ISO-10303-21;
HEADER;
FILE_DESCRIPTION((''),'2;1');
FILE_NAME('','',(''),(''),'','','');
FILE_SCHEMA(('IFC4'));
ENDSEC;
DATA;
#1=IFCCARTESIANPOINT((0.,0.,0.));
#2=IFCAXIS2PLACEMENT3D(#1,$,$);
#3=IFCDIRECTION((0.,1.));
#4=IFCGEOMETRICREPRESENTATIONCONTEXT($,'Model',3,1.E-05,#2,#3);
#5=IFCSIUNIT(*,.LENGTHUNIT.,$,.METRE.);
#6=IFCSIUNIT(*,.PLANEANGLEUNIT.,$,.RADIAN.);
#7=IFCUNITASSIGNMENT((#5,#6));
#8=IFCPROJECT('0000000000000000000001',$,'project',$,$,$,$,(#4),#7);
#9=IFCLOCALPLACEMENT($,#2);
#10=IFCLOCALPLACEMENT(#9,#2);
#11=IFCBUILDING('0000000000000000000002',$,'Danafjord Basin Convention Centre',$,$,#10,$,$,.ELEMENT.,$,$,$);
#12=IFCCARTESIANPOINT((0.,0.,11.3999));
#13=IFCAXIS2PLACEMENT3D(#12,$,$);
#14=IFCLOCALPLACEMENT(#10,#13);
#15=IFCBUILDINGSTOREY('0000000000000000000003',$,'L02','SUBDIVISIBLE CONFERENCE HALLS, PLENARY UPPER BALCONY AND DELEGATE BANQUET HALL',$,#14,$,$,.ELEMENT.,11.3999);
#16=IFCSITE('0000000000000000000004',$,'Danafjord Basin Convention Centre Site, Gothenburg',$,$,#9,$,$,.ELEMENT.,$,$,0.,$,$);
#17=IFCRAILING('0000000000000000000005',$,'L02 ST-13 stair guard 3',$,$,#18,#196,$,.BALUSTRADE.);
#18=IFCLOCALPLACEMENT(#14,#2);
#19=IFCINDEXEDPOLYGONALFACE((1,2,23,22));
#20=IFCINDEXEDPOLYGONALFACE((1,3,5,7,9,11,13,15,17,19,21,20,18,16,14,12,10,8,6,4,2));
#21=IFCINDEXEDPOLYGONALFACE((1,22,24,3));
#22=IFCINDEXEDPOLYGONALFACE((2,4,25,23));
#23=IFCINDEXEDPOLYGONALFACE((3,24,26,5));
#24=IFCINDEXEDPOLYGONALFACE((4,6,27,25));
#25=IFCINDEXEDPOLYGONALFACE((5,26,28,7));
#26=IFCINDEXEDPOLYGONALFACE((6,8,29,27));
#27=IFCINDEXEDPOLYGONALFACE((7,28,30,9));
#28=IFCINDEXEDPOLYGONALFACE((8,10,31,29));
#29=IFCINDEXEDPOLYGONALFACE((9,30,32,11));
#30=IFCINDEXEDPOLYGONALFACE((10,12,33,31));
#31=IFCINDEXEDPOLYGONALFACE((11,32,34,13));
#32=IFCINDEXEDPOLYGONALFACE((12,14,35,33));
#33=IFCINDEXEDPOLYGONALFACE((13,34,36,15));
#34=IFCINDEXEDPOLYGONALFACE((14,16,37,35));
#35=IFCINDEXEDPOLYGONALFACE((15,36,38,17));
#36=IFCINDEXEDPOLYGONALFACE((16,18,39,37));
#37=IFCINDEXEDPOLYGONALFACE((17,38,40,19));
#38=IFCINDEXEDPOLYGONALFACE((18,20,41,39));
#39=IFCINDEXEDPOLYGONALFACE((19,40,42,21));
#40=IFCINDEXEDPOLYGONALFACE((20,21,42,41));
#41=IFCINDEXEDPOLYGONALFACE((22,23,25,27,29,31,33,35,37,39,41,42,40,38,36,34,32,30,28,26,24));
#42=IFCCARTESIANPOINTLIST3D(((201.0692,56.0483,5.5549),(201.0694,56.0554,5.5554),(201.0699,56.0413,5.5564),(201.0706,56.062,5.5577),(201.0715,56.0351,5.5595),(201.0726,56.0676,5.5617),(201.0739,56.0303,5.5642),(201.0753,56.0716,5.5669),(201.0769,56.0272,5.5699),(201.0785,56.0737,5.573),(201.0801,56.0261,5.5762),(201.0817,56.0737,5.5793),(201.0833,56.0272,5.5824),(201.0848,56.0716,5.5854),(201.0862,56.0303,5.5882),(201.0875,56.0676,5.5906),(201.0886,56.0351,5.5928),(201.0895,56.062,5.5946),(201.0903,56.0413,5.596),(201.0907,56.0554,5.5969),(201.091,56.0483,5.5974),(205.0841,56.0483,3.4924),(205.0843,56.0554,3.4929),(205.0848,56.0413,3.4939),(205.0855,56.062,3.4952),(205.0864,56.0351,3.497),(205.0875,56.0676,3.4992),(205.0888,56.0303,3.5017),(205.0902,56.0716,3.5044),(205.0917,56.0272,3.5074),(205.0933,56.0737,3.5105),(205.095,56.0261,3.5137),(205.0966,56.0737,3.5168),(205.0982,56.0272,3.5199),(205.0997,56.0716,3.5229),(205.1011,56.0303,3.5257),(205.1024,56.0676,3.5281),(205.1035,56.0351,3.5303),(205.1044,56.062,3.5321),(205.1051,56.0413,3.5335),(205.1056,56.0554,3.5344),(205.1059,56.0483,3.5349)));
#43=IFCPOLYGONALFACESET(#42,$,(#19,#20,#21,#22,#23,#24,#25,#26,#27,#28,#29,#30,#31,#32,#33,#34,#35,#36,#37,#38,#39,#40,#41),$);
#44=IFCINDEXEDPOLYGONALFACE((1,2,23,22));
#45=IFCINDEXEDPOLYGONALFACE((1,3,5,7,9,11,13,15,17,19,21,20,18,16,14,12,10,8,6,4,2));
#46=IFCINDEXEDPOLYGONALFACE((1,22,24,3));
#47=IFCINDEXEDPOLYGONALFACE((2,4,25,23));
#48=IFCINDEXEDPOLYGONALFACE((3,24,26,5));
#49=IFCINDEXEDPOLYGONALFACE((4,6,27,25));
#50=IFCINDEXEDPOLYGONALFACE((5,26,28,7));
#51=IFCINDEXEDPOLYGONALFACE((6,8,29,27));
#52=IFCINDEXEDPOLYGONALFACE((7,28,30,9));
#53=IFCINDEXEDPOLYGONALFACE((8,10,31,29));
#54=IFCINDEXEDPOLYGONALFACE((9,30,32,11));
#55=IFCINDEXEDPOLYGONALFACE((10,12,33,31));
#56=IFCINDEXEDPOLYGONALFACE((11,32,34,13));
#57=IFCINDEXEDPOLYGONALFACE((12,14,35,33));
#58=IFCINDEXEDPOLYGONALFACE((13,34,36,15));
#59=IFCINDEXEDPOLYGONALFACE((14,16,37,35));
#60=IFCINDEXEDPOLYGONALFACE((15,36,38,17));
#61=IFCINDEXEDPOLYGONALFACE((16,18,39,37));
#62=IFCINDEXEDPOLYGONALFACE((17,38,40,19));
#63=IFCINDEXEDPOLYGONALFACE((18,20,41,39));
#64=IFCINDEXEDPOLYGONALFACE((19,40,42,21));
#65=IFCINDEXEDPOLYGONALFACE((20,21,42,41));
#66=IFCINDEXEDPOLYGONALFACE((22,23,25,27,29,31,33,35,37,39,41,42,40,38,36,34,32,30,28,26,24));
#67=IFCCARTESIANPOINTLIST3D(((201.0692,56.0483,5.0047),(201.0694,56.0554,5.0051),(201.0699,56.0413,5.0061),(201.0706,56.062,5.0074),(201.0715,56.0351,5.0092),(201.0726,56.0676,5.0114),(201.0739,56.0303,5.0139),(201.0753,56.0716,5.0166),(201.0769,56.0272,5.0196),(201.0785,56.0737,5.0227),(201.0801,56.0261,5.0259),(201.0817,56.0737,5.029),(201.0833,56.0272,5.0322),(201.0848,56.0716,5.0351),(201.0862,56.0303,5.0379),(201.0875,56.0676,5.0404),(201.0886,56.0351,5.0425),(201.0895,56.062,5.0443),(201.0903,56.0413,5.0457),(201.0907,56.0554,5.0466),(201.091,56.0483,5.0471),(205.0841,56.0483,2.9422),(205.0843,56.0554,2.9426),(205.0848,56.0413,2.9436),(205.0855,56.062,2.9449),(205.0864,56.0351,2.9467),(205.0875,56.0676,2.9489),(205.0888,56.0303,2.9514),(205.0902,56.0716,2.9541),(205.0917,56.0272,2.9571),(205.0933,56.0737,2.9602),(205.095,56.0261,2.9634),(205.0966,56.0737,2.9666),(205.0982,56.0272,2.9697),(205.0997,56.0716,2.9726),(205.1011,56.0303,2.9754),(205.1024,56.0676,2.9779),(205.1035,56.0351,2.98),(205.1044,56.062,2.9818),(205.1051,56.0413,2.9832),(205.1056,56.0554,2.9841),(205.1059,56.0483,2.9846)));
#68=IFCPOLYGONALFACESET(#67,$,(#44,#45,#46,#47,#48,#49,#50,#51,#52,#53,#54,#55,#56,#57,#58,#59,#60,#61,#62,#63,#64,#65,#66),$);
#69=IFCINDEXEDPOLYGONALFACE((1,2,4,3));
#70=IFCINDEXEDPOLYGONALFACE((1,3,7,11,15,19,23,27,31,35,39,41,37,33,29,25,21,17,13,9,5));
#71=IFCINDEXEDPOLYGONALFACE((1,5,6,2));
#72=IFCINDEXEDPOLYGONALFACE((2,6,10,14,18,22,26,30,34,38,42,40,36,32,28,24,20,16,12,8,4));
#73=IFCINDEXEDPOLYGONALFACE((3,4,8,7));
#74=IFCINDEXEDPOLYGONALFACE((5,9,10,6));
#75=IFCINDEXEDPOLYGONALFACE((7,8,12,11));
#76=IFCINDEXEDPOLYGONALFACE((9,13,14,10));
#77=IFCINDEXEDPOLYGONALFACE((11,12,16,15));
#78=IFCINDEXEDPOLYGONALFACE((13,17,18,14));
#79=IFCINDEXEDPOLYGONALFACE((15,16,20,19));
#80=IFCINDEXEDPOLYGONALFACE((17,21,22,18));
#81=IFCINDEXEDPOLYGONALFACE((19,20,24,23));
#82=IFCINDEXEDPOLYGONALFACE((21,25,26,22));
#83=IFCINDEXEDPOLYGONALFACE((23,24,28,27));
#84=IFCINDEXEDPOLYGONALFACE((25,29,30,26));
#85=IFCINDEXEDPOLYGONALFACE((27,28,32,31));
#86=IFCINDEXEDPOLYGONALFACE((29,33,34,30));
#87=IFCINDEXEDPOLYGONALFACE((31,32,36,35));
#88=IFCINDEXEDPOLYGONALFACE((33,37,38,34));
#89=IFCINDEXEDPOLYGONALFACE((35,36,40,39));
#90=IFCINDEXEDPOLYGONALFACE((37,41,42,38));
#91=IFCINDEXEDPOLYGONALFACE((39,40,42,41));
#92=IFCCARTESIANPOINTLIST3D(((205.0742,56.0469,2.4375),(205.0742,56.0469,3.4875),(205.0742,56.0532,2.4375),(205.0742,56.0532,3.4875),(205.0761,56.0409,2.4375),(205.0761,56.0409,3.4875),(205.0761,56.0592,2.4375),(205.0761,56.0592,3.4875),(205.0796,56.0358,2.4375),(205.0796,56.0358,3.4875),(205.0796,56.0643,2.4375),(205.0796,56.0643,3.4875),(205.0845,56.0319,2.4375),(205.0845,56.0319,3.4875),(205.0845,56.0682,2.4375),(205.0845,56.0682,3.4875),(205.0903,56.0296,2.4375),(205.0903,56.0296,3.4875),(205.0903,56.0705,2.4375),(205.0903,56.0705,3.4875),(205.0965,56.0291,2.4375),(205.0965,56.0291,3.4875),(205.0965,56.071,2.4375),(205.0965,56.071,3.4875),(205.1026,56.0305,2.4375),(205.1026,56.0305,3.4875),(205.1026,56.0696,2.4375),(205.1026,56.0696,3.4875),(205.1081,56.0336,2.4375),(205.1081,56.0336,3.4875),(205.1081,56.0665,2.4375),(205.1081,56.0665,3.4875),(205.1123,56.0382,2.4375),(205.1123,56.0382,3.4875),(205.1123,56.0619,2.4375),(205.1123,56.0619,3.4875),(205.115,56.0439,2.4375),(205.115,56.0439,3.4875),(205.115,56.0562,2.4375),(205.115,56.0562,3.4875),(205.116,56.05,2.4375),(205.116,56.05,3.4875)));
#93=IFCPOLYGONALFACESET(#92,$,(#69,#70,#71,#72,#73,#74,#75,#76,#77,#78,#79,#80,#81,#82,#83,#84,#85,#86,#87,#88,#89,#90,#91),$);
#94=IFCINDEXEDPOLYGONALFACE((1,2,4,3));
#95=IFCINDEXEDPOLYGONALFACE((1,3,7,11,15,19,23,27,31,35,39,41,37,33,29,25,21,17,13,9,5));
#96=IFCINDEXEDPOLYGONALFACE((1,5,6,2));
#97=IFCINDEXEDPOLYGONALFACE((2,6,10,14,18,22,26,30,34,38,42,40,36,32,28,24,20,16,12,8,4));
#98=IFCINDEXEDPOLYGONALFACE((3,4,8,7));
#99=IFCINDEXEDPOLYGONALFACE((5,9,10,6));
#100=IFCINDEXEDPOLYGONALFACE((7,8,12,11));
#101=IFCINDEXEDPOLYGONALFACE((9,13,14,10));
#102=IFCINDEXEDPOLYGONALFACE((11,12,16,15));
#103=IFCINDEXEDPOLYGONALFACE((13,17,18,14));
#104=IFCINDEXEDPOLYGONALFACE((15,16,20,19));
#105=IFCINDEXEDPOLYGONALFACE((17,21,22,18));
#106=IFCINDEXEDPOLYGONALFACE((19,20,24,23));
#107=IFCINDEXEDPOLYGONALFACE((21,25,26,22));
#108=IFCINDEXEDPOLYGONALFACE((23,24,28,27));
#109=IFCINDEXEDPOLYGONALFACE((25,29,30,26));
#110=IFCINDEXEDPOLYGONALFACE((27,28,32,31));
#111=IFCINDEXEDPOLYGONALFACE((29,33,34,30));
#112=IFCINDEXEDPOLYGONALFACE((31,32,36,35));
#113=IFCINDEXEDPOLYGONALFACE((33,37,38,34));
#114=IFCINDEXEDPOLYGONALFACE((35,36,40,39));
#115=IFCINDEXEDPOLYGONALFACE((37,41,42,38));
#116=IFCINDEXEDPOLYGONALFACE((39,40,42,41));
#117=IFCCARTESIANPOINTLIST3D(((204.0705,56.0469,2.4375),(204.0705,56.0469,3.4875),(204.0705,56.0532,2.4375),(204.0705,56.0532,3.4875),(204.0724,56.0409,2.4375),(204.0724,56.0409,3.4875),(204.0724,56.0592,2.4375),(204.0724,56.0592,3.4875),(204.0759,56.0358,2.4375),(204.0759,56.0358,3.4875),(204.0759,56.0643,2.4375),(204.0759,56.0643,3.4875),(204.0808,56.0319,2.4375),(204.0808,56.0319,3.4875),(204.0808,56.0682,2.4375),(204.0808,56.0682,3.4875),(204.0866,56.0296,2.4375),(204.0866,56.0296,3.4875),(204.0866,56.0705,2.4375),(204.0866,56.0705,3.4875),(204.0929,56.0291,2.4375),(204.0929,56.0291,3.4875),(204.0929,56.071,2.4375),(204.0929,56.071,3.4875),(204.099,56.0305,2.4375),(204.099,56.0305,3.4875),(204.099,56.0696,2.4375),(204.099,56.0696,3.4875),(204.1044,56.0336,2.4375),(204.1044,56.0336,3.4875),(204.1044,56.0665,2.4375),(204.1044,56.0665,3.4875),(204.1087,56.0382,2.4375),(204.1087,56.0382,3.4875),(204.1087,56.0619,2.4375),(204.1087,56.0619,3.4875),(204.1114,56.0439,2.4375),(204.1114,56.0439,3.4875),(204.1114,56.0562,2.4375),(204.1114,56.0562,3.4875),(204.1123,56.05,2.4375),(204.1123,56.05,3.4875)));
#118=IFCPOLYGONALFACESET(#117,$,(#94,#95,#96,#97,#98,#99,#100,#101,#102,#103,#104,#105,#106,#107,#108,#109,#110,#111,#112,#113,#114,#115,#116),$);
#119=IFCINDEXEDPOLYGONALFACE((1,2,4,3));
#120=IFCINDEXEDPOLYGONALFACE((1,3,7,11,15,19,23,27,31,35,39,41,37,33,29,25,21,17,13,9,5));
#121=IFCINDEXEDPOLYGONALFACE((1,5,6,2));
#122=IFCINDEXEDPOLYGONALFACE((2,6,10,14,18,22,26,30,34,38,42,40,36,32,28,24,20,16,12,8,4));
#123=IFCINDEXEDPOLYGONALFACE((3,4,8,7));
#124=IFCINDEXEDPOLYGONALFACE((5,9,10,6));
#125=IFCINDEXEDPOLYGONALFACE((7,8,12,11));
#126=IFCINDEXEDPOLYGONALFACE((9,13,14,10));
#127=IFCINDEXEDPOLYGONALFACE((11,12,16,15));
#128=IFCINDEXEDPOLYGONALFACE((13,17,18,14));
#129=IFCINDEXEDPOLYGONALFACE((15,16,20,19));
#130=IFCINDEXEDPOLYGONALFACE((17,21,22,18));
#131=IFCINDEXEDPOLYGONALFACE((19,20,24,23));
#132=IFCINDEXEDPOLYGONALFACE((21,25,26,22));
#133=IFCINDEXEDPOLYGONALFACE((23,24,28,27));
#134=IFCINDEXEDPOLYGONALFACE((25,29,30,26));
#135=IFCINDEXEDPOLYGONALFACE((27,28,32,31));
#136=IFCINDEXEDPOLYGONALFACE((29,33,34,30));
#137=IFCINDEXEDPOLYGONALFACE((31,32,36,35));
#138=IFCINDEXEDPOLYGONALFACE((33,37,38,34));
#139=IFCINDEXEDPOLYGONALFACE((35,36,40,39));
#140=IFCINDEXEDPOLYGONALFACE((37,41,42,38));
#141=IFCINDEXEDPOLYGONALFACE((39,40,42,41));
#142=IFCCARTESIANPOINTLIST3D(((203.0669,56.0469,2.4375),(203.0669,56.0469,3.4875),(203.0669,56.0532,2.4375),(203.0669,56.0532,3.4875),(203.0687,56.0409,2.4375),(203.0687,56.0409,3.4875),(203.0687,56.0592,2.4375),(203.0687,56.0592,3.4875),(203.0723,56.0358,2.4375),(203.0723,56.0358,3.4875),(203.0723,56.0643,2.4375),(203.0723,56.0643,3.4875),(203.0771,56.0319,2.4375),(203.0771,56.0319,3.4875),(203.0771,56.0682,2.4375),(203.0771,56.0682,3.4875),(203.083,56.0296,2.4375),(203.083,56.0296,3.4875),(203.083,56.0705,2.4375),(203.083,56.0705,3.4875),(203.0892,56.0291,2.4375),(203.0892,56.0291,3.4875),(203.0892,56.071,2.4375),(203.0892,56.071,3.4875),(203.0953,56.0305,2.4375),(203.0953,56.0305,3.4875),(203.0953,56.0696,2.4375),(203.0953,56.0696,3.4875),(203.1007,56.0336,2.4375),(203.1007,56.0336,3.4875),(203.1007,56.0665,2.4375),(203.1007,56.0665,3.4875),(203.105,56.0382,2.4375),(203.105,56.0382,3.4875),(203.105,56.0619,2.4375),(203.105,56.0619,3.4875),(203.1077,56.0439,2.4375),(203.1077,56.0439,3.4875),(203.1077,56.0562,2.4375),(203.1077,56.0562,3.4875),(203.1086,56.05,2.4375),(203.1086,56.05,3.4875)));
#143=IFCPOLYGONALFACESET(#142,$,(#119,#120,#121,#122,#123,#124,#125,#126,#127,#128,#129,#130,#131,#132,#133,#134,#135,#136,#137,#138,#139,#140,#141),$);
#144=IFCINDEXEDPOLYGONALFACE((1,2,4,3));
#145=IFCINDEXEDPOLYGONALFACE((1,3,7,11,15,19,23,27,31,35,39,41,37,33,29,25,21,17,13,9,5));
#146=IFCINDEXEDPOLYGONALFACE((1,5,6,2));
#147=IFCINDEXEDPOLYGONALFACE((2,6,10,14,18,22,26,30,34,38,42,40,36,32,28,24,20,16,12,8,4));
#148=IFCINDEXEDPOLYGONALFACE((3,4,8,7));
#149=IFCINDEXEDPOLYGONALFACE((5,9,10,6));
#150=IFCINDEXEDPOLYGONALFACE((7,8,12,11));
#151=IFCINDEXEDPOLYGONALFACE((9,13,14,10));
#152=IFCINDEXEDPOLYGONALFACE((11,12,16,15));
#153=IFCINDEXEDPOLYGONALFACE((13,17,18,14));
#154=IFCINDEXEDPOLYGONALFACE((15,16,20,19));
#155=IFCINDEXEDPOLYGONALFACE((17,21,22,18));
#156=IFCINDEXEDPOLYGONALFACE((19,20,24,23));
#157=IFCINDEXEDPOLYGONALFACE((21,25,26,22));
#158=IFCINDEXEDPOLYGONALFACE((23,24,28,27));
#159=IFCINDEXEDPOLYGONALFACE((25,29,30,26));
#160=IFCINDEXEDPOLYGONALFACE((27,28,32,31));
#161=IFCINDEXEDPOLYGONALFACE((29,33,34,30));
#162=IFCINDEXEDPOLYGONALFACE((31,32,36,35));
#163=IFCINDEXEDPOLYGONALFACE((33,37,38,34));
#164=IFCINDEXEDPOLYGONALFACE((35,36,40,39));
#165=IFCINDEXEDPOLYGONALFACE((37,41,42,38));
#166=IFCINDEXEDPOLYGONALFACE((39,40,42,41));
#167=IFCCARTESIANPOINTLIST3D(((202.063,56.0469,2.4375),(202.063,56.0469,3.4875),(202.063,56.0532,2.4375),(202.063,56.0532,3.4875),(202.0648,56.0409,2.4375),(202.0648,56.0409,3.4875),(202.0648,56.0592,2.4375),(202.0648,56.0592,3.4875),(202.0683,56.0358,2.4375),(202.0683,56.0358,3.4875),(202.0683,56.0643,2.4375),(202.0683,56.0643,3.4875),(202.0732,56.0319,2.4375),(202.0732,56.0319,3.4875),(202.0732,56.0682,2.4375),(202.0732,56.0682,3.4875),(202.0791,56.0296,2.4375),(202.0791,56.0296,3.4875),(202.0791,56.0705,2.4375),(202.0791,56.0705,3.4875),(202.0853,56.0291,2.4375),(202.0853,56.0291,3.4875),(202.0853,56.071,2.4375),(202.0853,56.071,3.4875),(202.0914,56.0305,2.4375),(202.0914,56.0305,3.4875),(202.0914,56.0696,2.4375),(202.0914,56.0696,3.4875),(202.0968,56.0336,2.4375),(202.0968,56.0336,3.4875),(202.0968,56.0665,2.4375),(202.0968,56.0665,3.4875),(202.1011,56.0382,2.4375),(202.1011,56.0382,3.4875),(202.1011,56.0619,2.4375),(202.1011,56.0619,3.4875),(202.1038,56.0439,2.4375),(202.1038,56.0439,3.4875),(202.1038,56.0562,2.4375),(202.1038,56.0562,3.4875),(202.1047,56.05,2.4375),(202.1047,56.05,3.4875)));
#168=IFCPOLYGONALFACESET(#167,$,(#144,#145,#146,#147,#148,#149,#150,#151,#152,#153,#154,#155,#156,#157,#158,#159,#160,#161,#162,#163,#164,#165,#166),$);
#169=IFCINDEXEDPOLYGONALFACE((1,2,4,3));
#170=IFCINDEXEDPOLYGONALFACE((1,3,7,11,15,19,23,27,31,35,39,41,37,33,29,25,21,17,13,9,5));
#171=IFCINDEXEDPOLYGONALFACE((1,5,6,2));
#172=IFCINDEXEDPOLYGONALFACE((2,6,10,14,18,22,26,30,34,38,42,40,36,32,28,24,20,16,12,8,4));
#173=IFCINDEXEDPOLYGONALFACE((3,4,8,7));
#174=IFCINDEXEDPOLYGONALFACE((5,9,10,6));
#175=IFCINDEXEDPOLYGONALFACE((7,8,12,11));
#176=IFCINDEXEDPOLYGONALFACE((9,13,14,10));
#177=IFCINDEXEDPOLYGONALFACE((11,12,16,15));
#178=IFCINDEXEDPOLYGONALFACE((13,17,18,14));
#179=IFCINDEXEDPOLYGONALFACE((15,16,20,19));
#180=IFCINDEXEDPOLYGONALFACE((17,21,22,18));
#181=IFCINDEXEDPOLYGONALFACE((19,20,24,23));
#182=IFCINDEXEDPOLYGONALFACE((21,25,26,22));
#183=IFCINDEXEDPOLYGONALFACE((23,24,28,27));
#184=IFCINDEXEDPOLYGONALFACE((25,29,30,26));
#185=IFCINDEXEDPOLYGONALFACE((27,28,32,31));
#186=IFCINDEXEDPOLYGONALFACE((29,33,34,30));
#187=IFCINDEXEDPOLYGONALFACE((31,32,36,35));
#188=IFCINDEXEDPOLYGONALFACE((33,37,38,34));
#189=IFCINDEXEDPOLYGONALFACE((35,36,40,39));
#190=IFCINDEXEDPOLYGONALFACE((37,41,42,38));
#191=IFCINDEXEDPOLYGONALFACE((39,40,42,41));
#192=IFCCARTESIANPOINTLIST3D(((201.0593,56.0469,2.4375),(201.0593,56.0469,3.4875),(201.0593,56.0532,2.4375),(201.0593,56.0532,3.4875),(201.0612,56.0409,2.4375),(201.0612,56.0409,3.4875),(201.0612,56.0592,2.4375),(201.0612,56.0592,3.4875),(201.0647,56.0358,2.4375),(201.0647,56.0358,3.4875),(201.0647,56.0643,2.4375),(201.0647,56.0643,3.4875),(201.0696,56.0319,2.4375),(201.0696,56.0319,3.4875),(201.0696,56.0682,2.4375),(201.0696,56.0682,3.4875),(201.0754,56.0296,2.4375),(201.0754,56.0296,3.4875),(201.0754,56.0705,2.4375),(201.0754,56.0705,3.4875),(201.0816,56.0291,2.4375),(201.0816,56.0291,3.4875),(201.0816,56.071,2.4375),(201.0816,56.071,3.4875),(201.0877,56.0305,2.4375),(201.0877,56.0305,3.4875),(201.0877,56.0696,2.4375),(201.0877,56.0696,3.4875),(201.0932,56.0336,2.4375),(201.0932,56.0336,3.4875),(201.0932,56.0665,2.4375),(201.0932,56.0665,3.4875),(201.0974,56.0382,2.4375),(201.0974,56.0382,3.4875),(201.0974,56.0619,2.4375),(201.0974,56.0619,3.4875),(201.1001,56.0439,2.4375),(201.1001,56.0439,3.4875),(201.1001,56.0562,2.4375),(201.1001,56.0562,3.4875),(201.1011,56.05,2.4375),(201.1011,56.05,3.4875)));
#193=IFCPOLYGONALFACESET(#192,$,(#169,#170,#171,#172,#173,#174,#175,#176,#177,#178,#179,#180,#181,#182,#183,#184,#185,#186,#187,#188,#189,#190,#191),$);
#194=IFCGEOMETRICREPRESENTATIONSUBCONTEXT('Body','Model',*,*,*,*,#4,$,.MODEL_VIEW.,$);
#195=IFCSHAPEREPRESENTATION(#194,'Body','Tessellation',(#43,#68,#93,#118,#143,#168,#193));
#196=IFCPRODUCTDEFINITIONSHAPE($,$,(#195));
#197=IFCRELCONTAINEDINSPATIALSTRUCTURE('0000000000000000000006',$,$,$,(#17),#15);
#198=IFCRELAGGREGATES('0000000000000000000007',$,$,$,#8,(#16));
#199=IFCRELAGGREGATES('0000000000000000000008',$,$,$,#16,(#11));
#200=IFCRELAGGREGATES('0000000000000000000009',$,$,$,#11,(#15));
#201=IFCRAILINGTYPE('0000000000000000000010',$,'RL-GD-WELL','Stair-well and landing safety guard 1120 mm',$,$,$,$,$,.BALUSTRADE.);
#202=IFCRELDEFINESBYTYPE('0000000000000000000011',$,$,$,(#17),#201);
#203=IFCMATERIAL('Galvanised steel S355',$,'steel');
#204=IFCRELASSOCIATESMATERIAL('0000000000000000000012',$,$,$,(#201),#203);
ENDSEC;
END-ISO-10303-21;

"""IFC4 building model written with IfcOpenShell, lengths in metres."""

from ifc_helpers import new_model, si_unit, direction, frame, origin, origin_2d, place, context, subcontext, project, spatial, circle, extrude, material, type_object, element, save


model = new_model("IFC4")

# Units and contexts
model_context = context("Model", 3, precision=1e-05, world=origin(), true_north=direction((0.0, 1.0)))
body_context = subcontext(model_context, "Body", "Model", "MODEL_VIEW")
ifc_project = project(units=[si_unit("LENGTHUNIT", "METRE"), si_unit("PLANEANGLEUNIT", "RADIAN")], contexts=[model_context])

# Site, building, storey
site_placement = place(None, origin())
site = spatial("IfcSite", under=ifc_project, at=site_placement, Name="Danafjord Basin Convention Centre Site, Gothenburg", CompositionType="ELEMENT", RefElevation=0.0)
building_placement = place(site_placement, origin())
building = spatial("IfcBuilding", under=site, at=building_placement, Name="Danafjord Basin Convention Centre", CompositionType="ELEMENT")
storey_placement = place(building_placement, frame((0.0, 0.0, 11.3999)))
storey = spatial("IfcBuildingStorey", under=building, at=storey_placement, Name="L02", Description="SUBDIVISIBLE CONFERENCE HALLS, PLENARY UPPER BALCONY AND DELEGATE BANQUET HALL", CompositionType="ELEMENT", Elevation=11.3999)

# Railing
ifc_material_1 = material(Name="Galvanised steel S355", Category="steel")
railing_type_1 = type_object("IfcRailingType", Name="RL-GD-WELL", Description="Stair-well and landing safety guard 1120 mm", PredefinedType="BALUSTRADE", material=ifc_material_1)
railing_1_placement = place(storey_placement, frame((205.095, 56.05, 2.4375)))
element("IfcRailing", 1, at=railing_1_placement, inside=storey, type_object=railing_type_1, Name="L02 ST-13 stair guard 3", PredefinedType="BALUSTRADE", context=body_context, shape_type="SweptSolid", body=[
    extrude(circle(Radius=0.0239, at=origin_2d()), frame((0.0, 0.0, 1.0762), z_axis=(-0.889495, 0.0, 0.456945), x_axis=(0.0, -1.0, 0.0)), (0.0, 0.0, 1.0), 4.5137),
    extrude(circle(Radius=0.0239, at=origin_2d()), frame((0.0, 0.0, 0.5259), z_axis=(-0.889495, 0.0, 0.456945), x_axis=(0.0, -1.0, 0.0)), (0.0, 0.0, 1.0), 4.5137),
    extrude(circle(Radius=0.021, at=origin_2d()), origin(), (0.0, 0.0, 1.0), 1.05),
    extrude(circle(Radius=0.021, at=origin_2d()), frame((-1.0037, 0.0, 0.0)), (0.0, 0.0, 1.0), 1.05),
    extrude(circle(Radius=0.021, at=origin_2d()), frame((-2.0073, 0.0, 0.0)), (0.0, 0.0, 1.0), 1.05),
    extrude(circle(Radius=0.021, at=origin_2d()), frame((-3.0112, 0.0, 0.0)), (0.0, 0.0, 1.0), 1.05),
    extrude(circle(Radius=0.021, at=origin_2d()), frame((-4.0149, 0.0, 0.0)), (0.0, 0.0, 1.0), 1.05),
])

save(model, "model.ifc")
